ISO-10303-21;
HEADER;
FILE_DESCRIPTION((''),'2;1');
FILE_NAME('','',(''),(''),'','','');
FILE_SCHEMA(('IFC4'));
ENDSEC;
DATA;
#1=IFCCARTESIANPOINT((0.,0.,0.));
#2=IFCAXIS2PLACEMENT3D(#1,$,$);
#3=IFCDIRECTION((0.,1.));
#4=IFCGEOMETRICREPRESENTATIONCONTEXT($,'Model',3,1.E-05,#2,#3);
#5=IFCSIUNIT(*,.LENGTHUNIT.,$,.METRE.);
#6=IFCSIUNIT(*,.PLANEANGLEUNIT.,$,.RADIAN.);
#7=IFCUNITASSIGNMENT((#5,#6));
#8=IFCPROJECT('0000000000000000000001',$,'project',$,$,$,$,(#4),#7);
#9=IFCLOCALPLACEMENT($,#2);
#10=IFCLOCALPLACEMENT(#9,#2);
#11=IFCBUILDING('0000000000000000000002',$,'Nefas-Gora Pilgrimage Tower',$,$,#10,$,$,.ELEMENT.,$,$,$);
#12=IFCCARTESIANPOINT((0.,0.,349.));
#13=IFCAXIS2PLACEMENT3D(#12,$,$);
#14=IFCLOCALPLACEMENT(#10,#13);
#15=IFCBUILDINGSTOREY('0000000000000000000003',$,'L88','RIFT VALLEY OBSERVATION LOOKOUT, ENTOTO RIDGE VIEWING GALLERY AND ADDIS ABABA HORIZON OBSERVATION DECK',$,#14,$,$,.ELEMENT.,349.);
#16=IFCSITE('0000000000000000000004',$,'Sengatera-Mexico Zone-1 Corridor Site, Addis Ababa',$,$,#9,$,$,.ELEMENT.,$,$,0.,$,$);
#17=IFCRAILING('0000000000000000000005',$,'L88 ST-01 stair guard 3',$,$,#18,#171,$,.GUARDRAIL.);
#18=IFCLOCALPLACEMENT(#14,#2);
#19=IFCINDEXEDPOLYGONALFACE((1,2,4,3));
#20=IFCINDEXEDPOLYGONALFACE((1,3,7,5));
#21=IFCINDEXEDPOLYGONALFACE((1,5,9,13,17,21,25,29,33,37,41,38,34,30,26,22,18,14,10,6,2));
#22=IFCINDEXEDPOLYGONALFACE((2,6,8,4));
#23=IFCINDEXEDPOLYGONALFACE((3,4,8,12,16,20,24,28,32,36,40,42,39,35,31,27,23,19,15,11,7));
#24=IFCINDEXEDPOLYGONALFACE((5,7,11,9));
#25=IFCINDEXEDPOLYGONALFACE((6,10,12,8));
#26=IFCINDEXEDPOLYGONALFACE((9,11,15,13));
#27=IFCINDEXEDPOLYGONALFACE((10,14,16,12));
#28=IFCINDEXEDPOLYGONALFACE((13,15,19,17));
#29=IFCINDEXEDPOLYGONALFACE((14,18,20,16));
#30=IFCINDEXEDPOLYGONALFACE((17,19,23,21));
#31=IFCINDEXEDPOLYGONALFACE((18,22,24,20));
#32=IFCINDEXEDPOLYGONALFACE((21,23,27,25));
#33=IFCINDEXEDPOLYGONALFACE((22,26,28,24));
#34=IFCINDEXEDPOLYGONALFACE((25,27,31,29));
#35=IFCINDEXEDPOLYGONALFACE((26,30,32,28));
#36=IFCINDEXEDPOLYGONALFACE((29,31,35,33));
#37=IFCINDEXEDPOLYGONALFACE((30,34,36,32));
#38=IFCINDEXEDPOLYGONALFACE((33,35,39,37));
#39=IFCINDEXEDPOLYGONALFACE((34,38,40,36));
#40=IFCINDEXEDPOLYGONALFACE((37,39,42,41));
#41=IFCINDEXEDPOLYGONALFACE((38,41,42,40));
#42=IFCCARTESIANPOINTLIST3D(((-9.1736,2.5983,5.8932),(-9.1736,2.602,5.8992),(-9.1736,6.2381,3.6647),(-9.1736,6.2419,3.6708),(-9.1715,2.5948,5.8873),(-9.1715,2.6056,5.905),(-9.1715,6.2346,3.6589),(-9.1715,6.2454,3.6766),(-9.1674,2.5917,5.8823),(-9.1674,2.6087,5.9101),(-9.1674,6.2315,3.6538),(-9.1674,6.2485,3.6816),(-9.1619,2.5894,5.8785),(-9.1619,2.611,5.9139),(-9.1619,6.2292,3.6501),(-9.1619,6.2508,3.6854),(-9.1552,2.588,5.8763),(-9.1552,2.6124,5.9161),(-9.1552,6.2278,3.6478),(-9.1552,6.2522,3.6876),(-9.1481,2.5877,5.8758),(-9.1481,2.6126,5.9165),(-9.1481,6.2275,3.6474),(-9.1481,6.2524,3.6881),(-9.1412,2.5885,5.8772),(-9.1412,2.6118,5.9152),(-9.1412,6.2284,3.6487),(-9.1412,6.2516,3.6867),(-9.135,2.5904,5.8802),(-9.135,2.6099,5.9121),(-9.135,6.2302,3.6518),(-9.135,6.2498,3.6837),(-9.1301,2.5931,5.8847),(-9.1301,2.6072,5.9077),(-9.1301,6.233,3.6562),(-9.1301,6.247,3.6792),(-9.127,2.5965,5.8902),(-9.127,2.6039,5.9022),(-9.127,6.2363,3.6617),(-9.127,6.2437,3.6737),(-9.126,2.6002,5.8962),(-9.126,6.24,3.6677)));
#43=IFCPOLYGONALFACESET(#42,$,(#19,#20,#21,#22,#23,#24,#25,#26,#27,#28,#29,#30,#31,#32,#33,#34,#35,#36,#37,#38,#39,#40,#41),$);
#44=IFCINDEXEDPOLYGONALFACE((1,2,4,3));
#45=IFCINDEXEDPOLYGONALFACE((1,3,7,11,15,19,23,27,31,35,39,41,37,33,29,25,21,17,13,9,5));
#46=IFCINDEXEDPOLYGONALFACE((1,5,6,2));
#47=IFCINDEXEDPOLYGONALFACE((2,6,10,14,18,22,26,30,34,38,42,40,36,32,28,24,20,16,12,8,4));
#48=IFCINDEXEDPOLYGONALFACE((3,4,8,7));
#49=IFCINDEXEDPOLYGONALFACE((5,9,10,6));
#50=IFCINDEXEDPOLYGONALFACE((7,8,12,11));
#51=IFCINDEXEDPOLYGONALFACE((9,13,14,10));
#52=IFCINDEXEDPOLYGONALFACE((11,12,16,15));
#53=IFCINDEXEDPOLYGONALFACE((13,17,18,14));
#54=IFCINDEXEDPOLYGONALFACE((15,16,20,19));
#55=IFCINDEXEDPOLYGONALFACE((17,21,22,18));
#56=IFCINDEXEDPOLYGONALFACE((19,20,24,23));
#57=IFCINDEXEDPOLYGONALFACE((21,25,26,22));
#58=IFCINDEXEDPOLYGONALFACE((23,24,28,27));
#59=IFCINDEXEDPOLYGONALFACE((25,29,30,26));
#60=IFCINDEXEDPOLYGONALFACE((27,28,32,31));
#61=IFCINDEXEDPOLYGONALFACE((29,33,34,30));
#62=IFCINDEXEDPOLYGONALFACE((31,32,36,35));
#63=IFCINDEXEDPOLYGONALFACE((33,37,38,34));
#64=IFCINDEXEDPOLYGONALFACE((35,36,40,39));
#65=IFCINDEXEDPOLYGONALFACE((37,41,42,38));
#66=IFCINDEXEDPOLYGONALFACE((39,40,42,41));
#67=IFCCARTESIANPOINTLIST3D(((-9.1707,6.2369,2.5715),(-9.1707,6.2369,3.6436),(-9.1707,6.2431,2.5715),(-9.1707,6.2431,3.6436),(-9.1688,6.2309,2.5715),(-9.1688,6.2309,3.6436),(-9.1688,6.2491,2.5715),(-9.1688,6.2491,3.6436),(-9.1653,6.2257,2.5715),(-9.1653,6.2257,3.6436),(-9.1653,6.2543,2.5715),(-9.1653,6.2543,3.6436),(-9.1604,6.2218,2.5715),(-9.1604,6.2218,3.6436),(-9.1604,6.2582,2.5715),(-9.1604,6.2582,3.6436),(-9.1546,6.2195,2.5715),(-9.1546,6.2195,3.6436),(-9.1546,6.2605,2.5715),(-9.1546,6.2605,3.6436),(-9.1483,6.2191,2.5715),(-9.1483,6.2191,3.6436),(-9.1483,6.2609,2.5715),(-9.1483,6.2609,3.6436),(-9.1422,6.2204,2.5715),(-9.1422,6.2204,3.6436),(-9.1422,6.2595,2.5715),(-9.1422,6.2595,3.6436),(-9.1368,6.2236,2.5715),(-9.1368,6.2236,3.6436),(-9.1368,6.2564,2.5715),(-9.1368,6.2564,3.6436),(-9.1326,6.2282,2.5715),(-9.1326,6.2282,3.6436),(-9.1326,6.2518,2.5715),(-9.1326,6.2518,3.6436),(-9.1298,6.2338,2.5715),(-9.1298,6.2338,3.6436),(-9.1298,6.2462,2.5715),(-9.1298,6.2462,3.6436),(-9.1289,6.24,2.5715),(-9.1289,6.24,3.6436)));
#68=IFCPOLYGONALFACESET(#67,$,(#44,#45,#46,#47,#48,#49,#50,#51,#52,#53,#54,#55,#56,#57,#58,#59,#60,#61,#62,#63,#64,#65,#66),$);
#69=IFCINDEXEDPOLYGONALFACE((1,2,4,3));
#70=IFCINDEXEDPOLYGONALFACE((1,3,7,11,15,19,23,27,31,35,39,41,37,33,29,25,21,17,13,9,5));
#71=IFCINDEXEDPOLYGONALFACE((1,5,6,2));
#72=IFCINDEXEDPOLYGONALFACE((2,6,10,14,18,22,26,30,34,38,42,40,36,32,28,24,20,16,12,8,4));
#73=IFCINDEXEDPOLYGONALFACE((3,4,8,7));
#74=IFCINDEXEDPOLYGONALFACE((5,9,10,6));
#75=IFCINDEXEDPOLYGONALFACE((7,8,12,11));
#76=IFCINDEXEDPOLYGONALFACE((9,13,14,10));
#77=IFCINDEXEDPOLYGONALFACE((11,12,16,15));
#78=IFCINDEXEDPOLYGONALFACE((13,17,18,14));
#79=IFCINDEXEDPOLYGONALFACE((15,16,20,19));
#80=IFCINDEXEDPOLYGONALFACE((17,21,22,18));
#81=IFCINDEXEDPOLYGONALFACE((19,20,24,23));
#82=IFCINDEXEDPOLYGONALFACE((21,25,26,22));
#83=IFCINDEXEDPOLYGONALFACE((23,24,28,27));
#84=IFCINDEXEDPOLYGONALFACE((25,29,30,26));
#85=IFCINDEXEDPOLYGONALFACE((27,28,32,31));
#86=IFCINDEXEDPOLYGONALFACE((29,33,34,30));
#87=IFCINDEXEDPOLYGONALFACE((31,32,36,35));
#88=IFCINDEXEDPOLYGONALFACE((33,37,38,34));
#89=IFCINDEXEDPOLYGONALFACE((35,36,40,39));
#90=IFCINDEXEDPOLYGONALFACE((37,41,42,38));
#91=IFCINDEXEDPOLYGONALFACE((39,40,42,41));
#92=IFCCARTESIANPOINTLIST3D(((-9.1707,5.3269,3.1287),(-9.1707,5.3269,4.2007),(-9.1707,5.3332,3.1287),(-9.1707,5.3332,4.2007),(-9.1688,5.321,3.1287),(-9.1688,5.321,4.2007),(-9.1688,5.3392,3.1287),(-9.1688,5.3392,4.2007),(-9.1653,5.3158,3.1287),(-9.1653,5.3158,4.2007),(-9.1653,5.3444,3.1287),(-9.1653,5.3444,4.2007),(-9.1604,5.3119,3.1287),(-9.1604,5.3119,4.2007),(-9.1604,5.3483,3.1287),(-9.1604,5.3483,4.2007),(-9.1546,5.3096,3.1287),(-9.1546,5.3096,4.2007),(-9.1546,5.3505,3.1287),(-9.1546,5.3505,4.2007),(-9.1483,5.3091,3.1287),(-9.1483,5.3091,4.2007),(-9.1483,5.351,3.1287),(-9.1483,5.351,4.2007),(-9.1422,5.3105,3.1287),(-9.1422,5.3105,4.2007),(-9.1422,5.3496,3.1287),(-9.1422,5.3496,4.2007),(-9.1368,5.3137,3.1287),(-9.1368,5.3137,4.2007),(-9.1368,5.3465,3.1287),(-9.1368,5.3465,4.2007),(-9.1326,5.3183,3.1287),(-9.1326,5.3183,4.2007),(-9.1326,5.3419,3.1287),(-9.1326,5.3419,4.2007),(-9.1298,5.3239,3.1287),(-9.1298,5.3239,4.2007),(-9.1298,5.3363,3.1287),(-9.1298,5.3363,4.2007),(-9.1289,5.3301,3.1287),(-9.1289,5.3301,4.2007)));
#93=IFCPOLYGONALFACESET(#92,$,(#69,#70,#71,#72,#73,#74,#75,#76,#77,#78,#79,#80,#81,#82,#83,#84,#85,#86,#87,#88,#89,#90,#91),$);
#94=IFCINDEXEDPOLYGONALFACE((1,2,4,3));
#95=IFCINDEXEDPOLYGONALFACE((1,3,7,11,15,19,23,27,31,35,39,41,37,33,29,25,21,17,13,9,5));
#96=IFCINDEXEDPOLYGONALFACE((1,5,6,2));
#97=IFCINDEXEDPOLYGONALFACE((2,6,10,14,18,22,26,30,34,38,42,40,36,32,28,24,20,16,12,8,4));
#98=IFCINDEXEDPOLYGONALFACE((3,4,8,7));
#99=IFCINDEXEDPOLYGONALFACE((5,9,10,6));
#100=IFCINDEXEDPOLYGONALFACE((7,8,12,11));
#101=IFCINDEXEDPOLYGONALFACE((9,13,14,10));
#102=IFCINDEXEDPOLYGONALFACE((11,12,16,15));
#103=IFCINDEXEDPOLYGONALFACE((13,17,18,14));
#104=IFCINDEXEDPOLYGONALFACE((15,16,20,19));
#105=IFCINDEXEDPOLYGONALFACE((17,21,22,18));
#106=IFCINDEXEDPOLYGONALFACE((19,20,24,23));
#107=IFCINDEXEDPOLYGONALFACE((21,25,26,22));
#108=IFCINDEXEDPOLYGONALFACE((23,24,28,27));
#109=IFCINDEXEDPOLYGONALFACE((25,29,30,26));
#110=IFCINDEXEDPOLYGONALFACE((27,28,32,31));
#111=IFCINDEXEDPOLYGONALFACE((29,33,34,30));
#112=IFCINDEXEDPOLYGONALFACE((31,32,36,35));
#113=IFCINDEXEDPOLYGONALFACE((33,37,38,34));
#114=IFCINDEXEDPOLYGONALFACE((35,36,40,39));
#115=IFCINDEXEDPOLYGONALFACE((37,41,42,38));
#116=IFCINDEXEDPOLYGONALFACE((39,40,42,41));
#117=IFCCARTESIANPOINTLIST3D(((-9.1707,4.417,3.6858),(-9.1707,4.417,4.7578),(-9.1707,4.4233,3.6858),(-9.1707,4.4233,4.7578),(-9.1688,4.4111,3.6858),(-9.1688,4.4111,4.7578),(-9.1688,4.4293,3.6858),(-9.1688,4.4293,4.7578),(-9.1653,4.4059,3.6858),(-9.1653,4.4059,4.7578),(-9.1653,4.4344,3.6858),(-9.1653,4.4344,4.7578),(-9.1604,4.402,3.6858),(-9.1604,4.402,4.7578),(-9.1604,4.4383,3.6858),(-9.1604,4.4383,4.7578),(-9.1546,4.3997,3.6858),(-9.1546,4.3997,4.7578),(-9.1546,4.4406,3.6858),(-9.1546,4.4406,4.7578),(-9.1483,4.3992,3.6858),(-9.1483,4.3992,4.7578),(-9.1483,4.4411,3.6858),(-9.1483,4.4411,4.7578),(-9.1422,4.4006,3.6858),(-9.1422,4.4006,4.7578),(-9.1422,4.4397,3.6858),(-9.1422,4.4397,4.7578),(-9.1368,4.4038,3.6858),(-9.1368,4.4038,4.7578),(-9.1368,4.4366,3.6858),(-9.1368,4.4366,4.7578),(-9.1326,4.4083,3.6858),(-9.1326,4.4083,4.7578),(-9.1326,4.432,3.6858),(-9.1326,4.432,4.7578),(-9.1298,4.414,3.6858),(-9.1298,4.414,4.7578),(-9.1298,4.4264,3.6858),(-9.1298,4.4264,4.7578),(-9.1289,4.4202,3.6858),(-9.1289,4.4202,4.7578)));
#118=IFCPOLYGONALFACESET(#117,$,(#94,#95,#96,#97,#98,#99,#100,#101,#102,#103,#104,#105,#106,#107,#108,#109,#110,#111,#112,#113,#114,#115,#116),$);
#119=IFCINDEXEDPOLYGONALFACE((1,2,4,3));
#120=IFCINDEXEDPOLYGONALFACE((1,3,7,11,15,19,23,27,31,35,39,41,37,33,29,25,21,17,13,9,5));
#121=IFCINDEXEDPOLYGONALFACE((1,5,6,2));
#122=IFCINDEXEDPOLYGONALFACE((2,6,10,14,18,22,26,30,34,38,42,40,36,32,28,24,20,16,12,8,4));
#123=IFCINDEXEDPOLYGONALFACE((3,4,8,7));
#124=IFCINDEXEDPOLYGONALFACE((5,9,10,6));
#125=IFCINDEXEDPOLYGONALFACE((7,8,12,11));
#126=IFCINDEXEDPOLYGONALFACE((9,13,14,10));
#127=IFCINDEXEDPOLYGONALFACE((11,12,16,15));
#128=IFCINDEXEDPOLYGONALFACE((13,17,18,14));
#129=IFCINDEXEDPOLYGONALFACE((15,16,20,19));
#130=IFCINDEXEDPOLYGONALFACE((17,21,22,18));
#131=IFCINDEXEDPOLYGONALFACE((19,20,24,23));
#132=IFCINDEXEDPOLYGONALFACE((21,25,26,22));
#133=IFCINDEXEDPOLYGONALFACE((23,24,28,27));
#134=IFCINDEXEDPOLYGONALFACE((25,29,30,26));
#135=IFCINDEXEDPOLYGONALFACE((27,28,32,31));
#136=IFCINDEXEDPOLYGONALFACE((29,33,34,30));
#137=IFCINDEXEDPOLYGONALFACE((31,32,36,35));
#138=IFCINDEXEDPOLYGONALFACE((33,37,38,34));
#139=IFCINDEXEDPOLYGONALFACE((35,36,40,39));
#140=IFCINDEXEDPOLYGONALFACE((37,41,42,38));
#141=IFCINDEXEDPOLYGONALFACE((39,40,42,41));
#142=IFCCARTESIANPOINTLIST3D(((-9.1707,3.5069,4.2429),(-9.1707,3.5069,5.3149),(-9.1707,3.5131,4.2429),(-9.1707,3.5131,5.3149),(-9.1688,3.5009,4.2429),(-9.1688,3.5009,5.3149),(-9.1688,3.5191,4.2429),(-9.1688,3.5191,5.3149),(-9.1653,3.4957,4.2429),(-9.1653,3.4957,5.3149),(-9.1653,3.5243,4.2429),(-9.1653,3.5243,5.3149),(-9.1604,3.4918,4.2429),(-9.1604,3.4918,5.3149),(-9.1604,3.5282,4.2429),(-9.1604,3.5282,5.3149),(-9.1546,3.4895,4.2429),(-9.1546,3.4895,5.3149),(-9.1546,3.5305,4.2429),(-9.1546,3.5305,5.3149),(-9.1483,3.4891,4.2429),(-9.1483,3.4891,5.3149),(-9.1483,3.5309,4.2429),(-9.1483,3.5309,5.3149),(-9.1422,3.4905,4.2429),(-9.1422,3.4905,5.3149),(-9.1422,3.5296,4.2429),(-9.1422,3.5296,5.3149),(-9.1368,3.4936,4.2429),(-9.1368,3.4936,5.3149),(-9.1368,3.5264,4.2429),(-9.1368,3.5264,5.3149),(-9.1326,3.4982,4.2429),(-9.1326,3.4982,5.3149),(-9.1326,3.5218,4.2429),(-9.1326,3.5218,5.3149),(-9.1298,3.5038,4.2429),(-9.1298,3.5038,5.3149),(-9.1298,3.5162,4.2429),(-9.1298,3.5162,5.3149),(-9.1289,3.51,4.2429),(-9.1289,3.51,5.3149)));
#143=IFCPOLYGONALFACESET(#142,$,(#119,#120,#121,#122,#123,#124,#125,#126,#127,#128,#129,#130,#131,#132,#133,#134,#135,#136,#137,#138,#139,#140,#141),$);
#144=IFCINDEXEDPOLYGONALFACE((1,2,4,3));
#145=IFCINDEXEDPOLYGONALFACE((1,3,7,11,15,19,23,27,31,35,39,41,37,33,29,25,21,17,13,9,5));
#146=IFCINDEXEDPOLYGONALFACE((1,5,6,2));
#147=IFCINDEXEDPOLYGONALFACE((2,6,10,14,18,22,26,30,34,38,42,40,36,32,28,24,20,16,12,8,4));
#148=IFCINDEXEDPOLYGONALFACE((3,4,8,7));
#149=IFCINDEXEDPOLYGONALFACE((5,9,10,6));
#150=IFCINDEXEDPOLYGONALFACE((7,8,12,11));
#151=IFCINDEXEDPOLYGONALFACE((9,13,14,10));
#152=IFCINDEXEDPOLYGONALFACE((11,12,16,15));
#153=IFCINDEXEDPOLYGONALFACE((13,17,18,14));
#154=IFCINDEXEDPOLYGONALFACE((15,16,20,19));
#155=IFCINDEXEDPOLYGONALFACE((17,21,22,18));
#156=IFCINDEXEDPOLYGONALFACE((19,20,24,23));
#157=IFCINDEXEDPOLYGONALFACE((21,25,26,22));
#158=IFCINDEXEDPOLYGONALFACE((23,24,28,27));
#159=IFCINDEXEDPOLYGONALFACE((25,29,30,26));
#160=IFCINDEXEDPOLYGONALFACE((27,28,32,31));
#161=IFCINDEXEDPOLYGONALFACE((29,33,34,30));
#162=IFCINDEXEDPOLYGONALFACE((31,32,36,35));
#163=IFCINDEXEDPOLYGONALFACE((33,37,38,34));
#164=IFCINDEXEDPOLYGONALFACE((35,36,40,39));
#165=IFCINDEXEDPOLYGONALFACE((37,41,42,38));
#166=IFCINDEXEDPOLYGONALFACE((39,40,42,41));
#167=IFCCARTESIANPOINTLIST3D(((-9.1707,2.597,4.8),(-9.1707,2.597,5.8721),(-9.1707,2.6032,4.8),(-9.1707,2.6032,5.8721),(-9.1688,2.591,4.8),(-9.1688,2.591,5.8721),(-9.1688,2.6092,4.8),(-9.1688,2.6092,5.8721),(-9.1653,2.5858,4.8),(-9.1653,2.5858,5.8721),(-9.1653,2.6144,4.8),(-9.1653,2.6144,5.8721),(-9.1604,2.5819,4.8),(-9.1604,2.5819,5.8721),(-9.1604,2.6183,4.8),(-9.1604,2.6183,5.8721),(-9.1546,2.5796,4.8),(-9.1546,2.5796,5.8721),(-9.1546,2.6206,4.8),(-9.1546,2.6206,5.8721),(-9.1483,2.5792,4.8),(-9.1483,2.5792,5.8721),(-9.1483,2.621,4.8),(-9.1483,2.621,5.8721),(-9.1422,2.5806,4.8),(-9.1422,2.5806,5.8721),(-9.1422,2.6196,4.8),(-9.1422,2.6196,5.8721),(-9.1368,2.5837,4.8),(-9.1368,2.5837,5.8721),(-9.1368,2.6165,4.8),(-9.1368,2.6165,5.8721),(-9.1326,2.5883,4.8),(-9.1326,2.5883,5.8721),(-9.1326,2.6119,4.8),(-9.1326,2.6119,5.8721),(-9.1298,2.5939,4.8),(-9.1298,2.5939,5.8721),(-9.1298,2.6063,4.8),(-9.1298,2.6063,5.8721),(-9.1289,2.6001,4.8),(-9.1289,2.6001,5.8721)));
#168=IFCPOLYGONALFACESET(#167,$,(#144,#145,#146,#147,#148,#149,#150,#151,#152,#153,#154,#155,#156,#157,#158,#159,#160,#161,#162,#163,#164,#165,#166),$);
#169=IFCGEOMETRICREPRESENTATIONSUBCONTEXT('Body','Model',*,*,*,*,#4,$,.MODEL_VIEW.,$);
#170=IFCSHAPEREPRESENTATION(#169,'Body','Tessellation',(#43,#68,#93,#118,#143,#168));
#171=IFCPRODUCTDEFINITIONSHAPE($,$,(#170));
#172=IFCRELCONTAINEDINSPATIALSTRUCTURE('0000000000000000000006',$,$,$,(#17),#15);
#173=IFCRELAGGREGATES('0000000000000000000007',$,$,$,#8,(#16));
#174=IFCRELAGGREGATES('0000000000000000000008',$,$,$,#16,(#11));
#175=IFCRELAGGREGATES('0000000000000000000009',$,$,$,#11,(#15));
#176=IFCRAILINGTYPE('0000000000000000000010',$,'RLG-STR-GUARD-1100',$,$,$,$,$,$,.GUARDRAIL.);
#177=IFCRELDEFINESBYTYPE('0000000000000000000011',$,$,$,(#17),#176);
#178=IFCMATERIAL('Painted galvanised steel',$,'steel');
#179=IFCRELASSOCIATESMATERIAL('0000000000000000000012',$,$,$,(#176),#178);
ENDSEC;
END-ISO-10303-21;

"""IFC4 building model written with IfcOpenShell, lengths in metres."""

from ifc_helpers import new_model, si_unit, direction, frame, origin, origin_2d, place, context, subcontext, project, spatial, circle, extrude, material, type_object, element, save


model = new_model("IFC4")

# Units and contexts
model_context = context("Model", 3, precision=1e-05, world=origin(), true_north=direction((0.0, 1.0)))
body_context = subcontext(model_context, "Body", "Model", "MODEL_VIEW")
ifc_project = project(units=[si_unit("LENGTHUNIT", "METRE"), si_unit("PLANEANGLEUNIT", "RADIAN")], contexts=[model_context])

# Site, building, storey
site_placement = place(None, origin())
site = spatial("IfcSite", under=ifc_project, at=site_placement, Name="Sengatera-Mexico Zone-1 Corridor Site, Addis Ababa", CompositionType="ELEMENT", RefElevation=0.0)
building_placement = place(site_placement, origin())
building = spatial("IfcBuilding", under=site, at=building_placement, Name="Nefas-Gora Pilgrimage Tower", CompositionType="ELEMENT")
storey_placement = place(building_placement, frame((0.0, 0.0, 349.0)))
storey = spatial("IfcBuildingStorey", under=building, at=storey_placement, Name="L88", Description="RIFT VALLEY OBSERVATION LOOKOUT, ENTOTO RIDGE VIEWING GALLERY AND ADDIS ABABA HORIZON OBSERVATION DECK", CompositionType="ELEMENT", Elevation=349.0)

# Railing
ifc_material_1 = material(Name="Painted galvanised steel", Category="steel")
railing_type_1 = type_object("IfcRailingType", Name="RLG-STR-GUARD-1100", PredefinedType="GUARDRAIL", material=ifc_material_1)
railing_1_placement = place(storey_placement, frame((-9.1499, 6.24, 2.5715)))
element("IfcRailing", 1, at=railing_1_placement, inside=storey, type_object=railing_type_1, Name="L88 ST-01 stair guard 3", PredefinedType="GUARDRAIL", context=body_context, shape_type="SweptSolid", body=[
    extrude(circle(Radius=0.0239, at=origin_2d()), frame((0.0, 0.0, 1.0962), z_axis=(0.0, -0.85285, 0.522156), x_axis=(1.0, 0.0, 0.0)), (0.0, 0.0, 1.0), 4.2678),
    extrude(circle(Radius=0.021, at=origin_2d()), origin(), (0.0, 0.0, 1.0), 1.072),
    extrude(circle(Radius=0.021, at=origin_2d()), frame((0.0, -0.9099, 0.5571)), (0.0, 0.0, 1.0), 1.072),
    extrude(circle(Radius=0.021, at=origin_2d()), frame((0.0, -1.8198, 1.1143)), (0.0, 0.0, 1.0), 1.072),
    extrude(circle(Radius=0.021, at=origin_2d()), frame((0.0, -2.73, 1.6714)), (0.0, 0.0, 1.0), 1.072),
    extrude(circle(Radius=0.021, at=origin_2d()), frame((0.0, -3.6399, 2.2285)), (0.0, 0.0, 1.0), 1.072),
])

save(model, "model.ifc")
